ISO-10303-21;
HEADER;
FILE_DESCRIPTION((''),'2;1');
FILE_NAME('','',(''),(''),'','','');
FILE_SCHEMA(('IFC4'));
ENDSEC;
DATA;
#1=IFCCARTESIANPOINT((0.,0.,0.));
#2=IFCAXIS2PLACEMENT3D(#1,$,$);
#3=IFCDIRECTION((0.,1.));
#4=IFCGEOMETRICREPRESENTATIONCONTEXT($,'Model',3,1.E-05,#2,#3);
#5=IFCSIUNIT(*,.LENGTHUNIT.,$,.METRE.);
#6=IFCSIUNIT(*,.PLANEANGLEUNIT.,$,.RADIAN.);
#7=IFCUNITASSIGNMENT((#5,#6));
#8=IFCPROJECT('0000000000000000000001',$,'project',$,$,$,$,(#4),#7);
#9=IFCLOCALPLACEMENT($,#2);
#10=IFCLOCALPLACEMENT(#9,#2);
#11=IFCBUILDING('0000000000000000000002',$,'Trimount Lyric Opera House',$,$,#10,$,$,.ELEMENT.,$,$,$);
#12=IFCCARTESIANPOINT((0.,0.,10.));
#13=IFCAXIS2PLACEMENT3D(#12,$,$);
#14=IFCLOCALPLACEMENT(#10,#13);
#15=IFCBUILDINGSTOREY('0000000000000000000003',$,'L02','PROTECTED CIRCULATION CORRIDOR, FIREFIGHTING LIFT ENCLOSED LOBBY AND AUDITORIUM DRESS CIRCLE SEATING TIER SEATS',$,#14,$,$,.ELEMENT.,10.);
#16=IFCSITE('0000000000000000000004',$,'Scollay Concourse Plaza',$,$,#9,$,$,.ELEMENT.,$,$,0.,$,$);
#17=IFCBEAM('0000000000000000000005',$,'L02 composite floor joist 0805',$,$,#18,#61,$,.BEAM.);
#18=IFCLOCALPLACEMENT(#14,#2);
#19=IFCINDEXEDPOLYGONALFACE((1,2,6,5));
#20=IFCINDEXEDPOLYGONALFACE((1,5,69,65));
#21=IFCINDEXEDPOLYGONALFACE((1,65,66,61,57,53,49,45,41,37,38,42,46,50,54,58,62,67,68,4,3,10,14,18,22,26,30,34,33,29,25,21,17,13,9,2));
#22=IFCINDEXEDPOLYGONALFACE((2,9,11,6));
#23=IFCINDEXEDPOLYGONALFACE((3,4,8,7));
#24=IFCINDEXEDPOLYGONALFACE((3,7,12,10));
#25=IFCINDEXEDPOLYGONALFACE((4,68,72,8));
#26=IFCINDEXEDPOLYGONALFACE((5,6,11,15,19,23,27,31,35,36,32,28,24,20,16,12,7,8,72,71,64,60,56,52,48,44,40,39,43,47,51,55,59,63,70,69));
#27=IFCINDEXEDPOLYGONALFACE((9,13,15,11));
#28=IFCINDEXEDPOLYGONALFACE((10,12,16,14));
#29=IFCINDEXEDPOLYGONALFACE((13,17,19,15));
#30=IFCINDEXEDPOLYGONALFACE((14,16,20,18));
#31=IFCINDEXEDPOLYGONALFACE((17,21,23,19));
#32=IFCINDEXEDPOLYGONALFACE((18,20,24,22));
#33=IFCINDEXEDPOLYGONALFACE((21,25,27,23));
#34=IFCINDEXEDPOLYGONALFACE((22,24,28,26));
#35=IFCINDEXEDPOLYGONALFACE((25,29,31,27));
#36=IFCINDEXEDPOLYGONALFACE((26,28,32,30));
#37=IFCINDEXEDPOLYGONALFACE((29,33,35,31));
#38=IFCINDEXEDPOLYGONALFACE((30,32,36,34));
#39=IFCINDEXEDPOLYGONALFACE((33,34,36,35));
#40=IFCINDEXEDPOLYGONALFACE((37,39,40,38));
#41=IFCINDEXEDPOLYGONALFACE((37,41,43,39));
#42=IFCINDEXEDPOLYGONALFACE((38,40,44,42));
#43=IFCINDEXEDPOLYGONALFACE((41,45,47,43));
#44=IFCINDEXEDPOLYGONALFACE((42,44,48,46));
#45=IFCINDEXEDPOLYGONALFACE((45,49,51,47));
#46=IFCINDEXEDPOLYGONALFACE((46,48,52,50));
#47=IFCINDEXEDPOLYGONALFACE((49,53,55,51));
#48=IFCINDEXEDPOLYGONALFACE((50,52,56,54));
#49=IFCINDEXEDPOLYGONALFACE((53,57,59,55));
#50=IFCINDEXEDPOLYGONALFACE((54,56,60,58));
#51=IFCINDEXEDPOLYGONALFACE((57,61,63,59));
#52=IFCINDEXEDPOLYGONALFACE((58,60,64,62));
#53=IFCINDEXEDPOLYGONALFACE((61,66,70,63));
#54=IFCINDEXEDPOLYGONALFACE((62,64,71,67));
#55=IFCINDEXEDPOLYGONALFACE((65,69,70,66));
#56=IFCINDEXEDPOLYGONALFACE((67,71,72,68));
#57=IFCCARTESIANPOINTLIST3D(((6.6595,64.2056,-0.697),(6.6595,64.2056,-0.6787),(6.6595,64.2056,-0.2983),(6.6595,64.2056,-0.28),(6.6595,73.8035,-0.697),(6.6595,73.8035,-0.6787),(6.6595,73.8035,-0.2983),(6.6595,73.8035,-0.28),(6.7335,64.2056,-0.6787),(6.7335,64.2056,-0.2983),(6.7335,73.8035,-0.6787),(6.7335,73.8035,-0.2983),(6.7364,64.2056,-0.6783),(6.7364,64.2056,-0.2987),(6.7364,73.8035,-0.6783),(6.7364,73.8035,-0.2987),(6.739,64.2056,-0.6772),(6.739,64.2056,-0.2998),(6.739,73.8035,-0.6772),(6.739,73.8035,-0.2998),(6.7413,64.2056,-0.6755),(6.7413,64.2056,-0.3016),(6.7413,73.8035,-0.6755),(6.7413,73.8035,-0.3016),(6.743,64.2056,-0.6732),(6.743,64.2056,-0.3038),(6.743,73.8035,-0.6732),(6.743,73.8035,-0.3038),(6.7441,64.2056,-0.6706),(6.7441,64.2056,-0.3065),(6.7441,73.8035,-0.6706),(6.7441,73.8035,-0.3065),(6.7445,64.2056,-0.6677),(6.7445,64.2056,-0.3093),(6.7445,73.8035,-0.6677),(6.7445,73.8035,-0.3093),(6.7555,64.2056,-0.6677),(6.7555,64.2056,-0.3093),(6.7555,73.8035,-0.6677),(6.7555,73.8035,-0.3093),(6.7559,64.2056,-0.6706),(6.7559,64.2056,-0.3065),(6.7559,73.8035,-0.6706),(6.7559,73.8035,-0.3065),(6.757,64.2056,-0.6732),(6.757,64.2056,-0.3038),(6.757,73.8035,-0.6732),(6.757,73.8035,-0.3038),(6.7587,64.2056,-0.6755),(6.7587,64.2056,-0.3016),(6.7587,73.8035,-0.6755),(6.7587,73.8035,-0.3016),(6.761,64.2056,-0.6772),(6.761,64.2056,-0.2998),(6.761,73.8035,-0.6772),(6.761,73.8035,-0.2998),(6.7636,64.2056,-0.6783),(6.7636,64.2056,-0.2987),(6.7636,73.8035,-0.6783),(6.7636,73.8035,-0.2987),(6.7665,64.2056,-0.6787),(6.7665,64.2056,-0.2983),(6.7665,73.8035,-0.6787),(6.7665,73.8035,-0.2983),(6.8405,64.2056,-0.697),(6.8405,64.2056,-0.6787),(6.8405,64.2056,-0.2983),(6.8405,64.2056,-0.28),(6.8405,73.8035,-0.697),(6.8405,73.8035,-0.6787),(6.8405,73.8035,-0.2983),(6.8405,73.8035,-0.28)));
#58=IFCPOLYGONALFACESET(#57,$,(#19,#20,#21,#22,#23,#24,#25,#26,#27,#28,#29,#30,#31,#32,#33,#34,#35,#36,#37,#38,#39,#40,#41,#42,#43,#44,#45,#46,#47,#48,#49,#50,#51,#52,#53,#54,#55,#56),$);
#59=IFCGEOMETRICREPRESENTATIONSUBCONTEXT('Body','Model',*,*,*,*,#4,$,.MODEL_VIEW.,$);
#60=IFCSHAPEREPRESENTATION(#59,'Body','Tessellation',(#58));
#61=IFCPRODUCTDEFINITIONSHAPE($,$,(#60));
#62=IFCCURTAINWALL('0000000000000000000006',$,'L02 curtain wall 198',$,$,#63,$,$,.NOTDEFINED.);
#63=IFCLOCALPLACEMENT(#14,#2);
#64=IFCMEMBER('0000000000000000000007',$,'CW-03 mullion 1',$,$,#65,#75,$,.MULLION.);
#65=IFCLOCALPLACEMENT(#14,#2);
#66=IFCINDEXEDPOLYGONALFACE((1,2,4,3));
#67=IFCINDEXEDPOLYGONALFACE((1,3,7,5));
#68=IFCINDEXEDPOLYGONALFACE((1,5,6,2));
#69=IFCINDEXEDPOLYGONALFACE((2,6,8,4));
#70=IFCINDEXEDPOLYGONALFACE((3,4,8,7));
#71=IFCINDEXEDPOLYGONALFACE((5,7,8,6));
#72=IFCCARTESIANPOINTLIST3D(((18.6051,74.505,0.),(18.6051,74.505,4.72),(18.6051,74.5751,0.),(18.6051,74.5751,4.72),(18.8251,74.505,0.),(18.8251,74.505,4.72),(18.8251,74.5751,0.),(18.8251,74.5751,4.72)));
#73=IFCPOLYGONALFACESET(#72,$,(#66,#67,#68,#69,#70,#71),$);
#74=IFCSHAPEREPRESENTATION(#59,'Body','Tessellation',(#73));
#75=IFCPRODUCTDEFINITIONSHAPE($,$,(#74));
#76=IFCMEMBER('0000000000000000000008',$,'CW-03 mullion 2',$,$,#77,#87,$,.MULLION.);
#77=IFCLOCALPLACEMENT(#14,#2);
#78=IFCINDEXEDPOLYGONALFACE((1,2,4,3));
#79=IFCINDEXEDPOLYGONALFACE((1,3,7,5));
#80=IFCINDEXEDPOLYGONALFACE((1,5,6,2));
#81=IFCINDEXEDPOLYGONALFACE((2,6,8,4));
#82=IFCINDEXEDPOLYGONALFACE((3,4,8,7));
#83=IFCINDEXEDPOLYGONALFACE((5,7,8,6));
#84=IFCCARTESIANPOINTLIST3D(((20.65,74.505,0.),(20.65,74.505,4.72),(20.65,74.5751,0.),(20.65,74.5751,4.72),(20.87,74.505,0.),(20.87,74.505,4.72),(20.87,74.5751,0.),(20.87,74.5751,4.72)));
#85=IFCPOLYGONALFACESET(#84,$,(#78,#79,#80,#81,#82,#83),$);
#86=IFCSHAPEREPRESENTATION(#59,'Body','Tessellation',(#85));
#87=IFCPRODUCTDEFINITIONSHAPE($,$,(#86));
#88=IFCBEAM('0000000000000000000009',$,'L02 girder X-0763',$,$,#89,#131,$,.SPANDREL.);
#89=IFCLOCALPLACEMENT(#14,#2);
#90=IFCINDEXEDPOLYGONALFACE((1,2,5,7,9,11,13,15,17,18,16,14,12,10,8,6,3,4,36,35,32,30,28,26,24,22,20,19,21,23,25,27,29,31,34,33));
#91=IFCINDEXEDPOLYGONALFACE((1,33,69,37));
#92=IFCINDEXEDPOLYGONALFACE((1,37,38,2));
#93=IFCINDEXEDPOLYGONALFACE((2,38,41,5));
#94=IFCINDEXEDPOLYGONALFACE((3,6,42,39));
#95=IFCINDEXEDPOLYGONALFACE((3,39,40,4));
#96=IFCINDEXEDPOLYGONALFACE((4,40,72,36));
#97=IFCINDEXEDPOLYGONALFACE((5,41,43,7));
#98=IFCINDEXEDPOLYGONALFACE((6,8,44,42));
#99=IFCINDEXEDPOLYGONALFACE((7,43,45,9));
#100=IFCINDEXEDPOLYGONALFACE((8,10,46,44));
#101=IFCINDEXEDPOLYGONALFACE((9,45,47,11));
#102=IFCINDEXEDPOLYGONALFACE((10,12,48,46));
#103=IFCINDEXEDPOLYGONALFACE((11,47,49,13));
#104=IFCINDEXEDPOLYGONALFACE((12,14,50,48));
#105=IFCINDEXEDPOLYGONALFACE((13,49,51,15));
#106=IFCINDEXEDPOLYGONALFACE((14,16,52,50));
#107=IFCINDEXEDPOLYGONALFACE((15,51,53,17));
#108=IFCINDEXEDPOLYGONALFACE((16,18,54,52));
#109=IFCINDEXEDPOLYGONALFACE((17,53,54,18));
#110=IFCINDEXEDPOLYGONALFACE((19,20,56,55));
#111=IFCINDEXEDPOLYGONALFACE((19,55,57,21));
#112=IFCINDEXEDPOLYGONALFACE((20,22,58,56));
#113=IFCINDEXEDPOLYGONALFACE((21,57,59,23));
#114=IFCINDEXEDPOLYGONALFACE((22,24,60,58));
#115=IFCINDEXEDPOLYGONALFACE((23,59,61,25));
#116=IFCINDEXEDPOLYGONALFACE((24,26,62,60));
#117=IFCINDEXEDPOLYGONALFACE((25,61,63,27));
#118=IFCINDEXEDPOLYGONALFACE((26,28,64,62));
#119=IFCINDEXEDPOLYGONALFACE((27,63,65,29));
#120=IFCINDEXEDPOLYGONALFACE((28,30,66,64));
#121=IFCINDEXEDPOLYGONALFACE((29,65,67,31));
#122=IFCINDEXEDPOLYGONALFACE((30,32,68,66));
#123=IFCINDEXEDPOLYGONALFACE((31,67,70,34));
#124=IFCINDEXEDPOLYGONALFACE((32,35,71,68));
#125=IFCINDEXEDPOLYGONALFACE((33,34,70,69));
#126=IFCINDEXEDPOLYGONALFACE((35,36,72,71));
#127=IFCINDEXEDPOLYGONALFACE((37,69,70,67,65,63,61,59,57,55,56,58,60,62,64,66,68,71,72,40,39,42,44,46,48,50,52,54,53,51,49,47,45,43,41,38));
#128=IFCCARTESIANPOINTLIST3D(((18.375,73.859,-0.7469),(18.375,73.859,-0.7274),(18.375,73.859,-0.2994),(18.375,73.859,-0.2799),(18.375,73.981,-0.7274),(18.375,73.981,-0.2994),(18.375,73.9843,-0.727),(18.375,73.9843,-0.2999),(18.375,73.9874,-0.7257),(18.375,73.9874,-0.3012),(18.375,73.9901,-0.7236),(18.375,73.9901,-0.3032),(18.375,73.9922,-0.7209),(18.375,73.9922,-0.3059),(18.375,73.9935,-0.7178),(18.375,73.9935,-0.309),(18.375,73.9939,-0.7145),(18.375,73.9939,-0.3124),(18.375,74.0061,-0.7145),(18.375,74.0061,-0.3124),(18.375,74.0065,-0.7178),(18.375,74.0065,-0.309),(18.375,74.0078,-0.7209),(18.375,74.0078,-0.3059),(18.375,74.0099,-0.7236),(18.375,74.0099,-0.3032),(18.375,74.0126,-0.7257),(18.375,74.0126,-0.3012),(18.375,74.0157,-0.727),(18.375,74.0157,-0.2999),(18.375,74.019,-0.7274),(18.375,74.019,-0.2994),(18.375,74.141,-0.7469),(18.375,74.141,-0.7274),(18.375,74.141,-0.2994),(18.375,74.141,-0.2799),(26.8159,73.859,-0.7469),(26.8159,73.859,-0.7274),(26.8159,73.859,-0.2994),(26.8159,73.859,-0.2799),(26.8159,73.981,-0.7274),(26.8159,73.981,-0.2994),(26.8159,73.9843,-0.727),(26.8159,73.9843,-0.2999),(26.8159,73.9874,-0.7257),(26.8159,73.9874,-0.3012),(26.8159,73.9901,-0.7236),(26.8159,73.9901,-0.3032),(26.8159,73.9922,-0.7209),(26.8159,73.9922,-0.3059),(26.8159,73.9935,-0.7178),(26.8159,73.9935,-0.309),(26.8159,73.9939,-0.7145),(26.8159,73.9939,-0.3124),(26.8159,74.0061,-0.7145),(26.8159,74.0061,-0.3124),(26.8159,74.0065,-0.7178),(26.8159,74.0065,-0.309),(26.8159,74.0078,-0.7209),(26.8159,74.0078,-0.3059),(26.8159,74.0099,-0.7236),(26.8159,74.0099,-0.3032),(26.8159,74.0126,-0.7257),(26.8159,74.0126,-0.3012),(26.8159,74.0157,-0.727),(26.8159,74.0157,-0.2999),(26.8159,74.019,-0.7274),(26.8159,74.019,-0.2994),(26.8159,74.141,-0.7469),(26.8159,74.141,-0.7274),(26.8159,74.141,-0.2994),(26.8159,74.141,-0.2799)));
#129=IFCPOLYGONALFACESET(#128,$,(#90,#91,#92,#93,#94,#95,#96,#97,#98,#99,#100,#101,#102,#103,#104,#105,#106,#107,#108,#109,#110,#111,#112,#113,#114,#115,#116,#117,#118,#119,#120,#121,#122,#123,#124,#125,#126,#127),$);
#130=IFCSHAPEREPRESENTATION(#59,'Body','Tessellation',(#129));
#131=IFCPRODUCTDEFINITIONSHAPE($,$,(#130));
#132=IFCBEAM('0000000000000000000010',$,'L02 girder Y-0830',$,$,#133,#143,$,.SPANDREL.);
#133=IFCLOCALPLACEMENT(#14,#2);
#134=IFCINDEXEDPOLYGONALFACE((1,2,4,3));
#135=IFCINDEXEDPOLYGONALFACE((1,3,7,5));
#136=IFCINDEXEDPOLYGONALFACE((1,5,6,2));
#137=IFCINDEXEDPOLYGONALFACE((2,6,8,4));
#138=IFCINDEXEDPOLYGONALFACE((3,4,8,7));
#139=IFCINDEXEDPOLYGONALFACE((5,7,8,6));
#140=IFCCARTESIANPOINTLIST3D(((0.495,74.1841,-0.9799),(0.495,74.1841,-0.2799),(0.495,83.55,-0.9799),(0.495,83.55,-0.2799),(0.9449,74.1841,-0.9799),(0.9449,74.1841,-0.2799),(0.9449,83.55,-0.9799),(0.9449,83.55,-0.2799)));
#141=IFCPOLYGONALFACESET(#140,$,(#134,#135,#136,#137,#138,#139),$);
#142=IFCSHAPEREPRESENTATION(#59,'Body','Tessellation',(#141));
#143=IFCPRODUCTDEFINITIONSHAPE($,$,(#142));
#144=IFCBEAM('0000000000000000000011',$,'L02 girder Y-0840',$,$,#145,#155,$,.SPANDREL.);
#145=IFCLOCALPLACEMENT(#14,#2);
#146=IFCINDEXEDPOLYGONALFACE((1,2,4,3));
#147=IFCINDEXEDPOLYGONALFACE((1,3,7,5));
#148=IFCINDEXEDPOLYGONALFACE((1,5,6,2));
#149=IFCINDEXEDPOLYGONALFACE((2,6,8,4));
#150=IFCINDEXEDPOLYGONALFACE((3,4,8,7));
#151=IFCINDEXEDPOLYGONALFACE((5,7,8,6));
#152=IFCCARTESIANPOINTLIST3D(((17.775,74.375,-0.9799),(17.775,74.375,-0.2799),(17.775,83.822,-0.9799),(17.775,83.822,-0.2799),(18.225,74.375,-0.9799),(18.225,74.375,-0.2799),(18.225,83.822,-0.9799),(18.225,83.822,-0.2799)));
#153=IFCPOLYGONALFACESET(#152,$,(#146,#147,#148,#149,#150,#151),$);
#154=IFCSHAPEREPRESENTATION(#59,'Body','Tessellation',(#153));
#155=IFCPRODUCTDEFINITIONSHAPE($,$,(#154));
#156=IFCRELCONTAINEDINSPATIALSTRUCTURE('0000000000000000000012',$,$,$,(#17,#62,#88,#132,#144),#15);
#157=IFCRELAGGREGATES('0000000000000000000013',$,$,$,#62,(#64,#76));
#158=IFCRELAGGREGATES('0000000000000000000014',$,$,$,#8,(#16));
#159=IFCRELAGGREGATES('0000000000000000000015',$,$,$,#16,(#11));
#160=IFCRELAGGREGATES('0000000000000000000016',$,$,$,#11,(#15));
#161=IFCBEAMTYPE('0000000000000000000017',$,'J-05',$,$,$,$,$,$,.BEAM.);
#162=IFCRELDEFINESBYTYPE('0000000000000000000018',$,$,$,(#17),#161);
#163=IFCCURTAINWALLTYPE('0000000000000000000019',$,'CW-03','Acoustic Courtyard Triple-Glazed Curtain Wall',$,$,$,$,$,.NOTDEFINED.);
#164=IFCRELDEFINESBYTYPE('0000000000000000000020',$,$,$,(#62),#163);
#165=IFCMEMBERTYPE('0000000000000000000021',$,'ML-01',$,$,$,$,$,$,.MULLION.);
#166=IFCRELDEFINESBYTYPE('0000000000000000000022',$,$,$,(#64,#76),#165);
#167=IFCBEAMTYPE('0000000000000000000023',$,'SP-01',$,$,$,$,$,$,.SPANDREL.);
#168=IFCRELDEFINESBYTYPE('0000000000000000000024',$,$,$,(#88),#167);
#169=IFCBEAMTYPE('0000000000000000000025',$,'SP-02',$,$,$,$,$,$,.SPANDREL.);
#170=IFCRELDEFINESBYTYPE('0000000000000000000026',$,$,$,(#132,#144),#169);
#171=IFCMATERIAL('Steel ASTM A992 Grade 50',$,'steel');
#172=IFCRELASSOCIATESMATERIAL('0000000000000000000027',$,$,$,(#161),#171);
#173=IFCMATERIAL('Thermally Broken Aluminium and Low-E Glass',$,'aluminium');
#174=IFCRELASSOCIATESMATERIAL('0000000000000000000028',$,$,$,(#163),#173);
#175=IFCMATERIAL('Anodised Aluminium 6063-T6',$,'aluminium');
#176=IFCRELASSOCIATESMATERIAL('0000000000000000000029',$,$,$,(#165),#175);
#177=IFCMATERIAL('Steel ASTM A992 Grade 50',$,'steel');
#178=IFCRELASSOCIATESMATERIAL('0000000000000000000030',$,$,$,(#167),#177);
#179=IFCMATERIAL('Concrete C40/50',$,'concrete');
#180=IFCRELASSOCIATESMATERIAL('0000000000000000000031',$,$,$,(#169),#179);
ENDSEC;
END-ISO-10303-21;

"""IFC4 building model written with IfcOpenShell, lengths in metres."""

from ifc_helpers import new_model, si_unit, direction, frame, origin, origin_2d, place, context, subcontext, project, spatial, rectangle, i_section, extrude, material, material_profile, profile_set, type_object, element, aggregate, save


model = new_model("IFC4")

# Units and contexts
model_context = context("Model", 3, precision=1e-05, world=origin(), true_north=direction((0.0, 1.0)))
body_context = subcontext(model_context, "Body", "Model", "MODEL_VIEW")
ifc_project = project(units=[si_unit("LENGTHUNIT", "METRE"), si_unit("PLANEANGLEUNIT", "RADIAN")], contexts=[model_context])

# Site, building, storey
site_placement = place(None, origin())
site = spatial("IfcSite", under=ifc_project, at=site_placement, Name="Scollay Concourse Plaza", CompositionType="ELEMENT", RefElevation=0.0)
building_placement = place(site_placement, origin())
building = spatial("IfcBuilding", under=site, at=building_placement, Name="Trimount Lyric Opera House", CompositionType="ELEMENT")
storey_placement = place(building_placement, frame((0.0, 0.0, 10.0)))
storey = spatial("IfcBuildingStorey", under=building, at=storey_placement, Name="L02", Description="PROTECTED CIRCULATION CORRIDOR, FIREFIGHTING LIFT ENCLOSED LOBBY AND AUDITORIUM DRESS CIRCLE SEATING TIER SEATS", CompositionType="ELEMENT", Elevation=10.0)

# Beam
ifc_material_1 = material(Name="Steel ASTM A992 Grade 50", Category="steel")
ifc_material_profile_1 = material_profile(ifc_material_1, i_section(OverallWidth=0.1809, OverallDepth=0.417, WebThickness=0.011, FlangeThickness=0.0183, FilletRadius=0.011, at=origin_2d()), Name="W16X57")
ifc_profile_set_1 = profile_set([ifc_material_profile_1], Name="Steel ASTM A992 Grade 50")
beam_type_1 = type_object("IfcBeamType", Name="J-05", PredefinedType="BEAM", material=ifc_profile_set_1)
beam_1_placement = place(storey_placement, frame((6.75, 64.2056, -0.4885), z_axis=(0.0, 1.0, 0.0), x_axis=(-1.0, 0.0, 0.0)))
element("IfcBeam", 1, at=beam_1_placement, inside=storey, type_object=beam_type_1, Name="L02 composite floor joist 0805", PredefinedType="BEAM", context=body_context, shape_type="SweptSolid", body=[
    extrude(i_section(OverallWidth=0.1809, OverallDepth=0.417, WebThickness=0.011, FlangeThickness=0.0183, FilletRadius=0.011, at=origin_2d()), origin(), (0.0, 0.0, 1.0), 9.5979),
])

# Curtain wall, members
ifc_material_2 = material(Name="Thermally Broken Aluminium and Low-E Glass", Category="aluminium")
curtain_wall_type = type_object("IfcCurtainWallType", Name="CW-03", Description="Acoustic Courtyard Triple-Glazed Curtain Wall", PredefinedType="NOTDEFINED", material=ifc_material_2)
curtain_wall_placement = place(storey_placement, origin())
curtain_wall = element("IfcCurtainWall", 2, at=curtain_wall_placement, inside=storey, type_object=curtain_wall_type, Name="L02 curtain wall 198", PredefinedType="NOTDEFINED")
ifc_material_3 = material(Name="Anodised Aluminium 6063-T6", Category="aluminium")
ifc_material_profile_2 = material_profile(ifc_material_3, rectangle(XDim=0.0701, YDim=0.22, at=origin_2d()), Name="ALU-MULL-70X220")
ifc_profile_set_2 = profile_set([ifc_material_profile_2], Name="Anodised Aluminium 6063-T6")
member_type_1 = type_object("IfcMemberType", Name="ML-01", PredefinedType="MULLION", material=ifc_profile_set_2)
member_1_placement = place(storey_placement, frame((18.7151, 74.54, 0.0), z_axis=(0.0, 0.0, 1.0), x_axis=(0.0, 1.0, 0.0)))
member_1 = element("IfcMember", 3, at=member_1_placement, type_object=member_type_1, Name="CW-03 mullion 1", PredefinedType="MULLION", context=body_context, shape_type="SweptSolid", body=[
    extrude(rectangle(XDim=0.0701, YDim=0.22, at=origin_2d()), origin(), (0.0, 0.0, 1.0), 4.72),
])
member_2_placement = place(storey_placement, frame((20.76, 74.54, 0.0), z_axis=(0.0, 0.0, 1.0), x_axis=(0.0, 1.0, 0.0)))
member_2 = element("IfcMember", 4, at=member_2_placement, type_object=member_type_1, Name="CW-03 mullion 2", PredefinedType="MULLION", context=body_context, shape_type="SweptSolid", body=[
    extrude(rectangle(XDim=0.0701, YDim=0.22, at=origin_2d()), origin(), (0.0, 0.0, 1.0), 4.72),
])

# Beams
ifc_material_4 = material(Name="Steel ASTM A992 Grade 50", Category="steel")
ifc_material_profile_3 = material_profile(ifc_material_4, i_section(OverallWidth=0.282, OverallDepth=0.467, WebThickness=0.0122, FlangeThickness=0.0195, FilletRadius=0.0129, at=origin_2d()), Name="W18X86")
ifc_profile_set_3 = profile_set([ifc_material_profile_3], Name="Steel ASTM A992 Grade 50")
beam_type_2 = type_object("IfcBeamType", Name="SP-01", PredefinedType="SPANDREL", material=ifc_profile_set_3)
beam_2_placement = place(storey_placement, frame((18.375, 74.0, -0.5134), z_axis=(1.0, 0.0, 0.0), x_axis=(0.0, 1.0, 0.0)))
element("IfcBeam", 5, at=beam_2_placement, inside=storey, type_object=beam_type_2, Name="L02 girder X-0763", PredefinedType="SPANDREL", context=body_context, shape_type="SweptSolid", body=[
    extrude(i_section(OverallWidth=0.282, OverallDepth=0.467, WebThickness=0.0122, FlangeThickness=0.0195, FilletRadius=0.0129, at=origin_2d()), origin(), (0.0, 0.0, 1.0), 8.4409),
])
ifc_material_5 = material(Name="Concrete C40/50", Category="concrete")
ifc_material_profile_4 = material_profile(ifc_material_5, rectangle(XDim=0.45, YDim=0.7, at=origin_2d()), Name="RC450X700")
ifc_profile_set_4 = profile_set([ifc_material_profile_4], Name="Concrete C40/50")
beam_type_3 = type_object("IfcBeamType", Name="SP-02", PredefinedType="SPANDREL", material=ifc_profile_set_4)
beam_3_placement = place(storey_placement, frame((0.72, 74.1841, -0.6299), z_axis=(0.0, 1.0, 0.0), x_axis=(-1.0, 0.0, 0.0)))
element("IfcBeam", 6, at=beam_3_placement, inside=storey, type_object=beam_type_3, Name="L02 girder Y-0830", PredefinedType="SPANDREL", context=body_context, shape_type="SweptSolid", body=[
    extrude(rectangle(XDim=0.45, YDim=0.7, at=origin_2d()), origin(), (0.0, 0.0, 1.0), 9.366),
])
beam_4_placement = place(storey_placement, frame((18.0, 74.375, -0.6299), z_axis=(0.0, 1.0, 0.0), x_axis=(-1.0, 0.0, 0.0)))
element("IfcBeam", 7, at=beam_4_placement, inside=storey, type_object=beam_type_3, Name="L02 girder Y-0840", PredefinedType="SPANDREL", context=body_context, shape_type="SweptSolid", body=[
    extrude(rectangle(XDim=0.45, YDim=0.7, at=origin_2d()), origin(), (0.0, 0.0, 1.0), 9.447),
])

aggregate(curtain_wall, [member_1, member_2])

save(model, "model.ifc")
